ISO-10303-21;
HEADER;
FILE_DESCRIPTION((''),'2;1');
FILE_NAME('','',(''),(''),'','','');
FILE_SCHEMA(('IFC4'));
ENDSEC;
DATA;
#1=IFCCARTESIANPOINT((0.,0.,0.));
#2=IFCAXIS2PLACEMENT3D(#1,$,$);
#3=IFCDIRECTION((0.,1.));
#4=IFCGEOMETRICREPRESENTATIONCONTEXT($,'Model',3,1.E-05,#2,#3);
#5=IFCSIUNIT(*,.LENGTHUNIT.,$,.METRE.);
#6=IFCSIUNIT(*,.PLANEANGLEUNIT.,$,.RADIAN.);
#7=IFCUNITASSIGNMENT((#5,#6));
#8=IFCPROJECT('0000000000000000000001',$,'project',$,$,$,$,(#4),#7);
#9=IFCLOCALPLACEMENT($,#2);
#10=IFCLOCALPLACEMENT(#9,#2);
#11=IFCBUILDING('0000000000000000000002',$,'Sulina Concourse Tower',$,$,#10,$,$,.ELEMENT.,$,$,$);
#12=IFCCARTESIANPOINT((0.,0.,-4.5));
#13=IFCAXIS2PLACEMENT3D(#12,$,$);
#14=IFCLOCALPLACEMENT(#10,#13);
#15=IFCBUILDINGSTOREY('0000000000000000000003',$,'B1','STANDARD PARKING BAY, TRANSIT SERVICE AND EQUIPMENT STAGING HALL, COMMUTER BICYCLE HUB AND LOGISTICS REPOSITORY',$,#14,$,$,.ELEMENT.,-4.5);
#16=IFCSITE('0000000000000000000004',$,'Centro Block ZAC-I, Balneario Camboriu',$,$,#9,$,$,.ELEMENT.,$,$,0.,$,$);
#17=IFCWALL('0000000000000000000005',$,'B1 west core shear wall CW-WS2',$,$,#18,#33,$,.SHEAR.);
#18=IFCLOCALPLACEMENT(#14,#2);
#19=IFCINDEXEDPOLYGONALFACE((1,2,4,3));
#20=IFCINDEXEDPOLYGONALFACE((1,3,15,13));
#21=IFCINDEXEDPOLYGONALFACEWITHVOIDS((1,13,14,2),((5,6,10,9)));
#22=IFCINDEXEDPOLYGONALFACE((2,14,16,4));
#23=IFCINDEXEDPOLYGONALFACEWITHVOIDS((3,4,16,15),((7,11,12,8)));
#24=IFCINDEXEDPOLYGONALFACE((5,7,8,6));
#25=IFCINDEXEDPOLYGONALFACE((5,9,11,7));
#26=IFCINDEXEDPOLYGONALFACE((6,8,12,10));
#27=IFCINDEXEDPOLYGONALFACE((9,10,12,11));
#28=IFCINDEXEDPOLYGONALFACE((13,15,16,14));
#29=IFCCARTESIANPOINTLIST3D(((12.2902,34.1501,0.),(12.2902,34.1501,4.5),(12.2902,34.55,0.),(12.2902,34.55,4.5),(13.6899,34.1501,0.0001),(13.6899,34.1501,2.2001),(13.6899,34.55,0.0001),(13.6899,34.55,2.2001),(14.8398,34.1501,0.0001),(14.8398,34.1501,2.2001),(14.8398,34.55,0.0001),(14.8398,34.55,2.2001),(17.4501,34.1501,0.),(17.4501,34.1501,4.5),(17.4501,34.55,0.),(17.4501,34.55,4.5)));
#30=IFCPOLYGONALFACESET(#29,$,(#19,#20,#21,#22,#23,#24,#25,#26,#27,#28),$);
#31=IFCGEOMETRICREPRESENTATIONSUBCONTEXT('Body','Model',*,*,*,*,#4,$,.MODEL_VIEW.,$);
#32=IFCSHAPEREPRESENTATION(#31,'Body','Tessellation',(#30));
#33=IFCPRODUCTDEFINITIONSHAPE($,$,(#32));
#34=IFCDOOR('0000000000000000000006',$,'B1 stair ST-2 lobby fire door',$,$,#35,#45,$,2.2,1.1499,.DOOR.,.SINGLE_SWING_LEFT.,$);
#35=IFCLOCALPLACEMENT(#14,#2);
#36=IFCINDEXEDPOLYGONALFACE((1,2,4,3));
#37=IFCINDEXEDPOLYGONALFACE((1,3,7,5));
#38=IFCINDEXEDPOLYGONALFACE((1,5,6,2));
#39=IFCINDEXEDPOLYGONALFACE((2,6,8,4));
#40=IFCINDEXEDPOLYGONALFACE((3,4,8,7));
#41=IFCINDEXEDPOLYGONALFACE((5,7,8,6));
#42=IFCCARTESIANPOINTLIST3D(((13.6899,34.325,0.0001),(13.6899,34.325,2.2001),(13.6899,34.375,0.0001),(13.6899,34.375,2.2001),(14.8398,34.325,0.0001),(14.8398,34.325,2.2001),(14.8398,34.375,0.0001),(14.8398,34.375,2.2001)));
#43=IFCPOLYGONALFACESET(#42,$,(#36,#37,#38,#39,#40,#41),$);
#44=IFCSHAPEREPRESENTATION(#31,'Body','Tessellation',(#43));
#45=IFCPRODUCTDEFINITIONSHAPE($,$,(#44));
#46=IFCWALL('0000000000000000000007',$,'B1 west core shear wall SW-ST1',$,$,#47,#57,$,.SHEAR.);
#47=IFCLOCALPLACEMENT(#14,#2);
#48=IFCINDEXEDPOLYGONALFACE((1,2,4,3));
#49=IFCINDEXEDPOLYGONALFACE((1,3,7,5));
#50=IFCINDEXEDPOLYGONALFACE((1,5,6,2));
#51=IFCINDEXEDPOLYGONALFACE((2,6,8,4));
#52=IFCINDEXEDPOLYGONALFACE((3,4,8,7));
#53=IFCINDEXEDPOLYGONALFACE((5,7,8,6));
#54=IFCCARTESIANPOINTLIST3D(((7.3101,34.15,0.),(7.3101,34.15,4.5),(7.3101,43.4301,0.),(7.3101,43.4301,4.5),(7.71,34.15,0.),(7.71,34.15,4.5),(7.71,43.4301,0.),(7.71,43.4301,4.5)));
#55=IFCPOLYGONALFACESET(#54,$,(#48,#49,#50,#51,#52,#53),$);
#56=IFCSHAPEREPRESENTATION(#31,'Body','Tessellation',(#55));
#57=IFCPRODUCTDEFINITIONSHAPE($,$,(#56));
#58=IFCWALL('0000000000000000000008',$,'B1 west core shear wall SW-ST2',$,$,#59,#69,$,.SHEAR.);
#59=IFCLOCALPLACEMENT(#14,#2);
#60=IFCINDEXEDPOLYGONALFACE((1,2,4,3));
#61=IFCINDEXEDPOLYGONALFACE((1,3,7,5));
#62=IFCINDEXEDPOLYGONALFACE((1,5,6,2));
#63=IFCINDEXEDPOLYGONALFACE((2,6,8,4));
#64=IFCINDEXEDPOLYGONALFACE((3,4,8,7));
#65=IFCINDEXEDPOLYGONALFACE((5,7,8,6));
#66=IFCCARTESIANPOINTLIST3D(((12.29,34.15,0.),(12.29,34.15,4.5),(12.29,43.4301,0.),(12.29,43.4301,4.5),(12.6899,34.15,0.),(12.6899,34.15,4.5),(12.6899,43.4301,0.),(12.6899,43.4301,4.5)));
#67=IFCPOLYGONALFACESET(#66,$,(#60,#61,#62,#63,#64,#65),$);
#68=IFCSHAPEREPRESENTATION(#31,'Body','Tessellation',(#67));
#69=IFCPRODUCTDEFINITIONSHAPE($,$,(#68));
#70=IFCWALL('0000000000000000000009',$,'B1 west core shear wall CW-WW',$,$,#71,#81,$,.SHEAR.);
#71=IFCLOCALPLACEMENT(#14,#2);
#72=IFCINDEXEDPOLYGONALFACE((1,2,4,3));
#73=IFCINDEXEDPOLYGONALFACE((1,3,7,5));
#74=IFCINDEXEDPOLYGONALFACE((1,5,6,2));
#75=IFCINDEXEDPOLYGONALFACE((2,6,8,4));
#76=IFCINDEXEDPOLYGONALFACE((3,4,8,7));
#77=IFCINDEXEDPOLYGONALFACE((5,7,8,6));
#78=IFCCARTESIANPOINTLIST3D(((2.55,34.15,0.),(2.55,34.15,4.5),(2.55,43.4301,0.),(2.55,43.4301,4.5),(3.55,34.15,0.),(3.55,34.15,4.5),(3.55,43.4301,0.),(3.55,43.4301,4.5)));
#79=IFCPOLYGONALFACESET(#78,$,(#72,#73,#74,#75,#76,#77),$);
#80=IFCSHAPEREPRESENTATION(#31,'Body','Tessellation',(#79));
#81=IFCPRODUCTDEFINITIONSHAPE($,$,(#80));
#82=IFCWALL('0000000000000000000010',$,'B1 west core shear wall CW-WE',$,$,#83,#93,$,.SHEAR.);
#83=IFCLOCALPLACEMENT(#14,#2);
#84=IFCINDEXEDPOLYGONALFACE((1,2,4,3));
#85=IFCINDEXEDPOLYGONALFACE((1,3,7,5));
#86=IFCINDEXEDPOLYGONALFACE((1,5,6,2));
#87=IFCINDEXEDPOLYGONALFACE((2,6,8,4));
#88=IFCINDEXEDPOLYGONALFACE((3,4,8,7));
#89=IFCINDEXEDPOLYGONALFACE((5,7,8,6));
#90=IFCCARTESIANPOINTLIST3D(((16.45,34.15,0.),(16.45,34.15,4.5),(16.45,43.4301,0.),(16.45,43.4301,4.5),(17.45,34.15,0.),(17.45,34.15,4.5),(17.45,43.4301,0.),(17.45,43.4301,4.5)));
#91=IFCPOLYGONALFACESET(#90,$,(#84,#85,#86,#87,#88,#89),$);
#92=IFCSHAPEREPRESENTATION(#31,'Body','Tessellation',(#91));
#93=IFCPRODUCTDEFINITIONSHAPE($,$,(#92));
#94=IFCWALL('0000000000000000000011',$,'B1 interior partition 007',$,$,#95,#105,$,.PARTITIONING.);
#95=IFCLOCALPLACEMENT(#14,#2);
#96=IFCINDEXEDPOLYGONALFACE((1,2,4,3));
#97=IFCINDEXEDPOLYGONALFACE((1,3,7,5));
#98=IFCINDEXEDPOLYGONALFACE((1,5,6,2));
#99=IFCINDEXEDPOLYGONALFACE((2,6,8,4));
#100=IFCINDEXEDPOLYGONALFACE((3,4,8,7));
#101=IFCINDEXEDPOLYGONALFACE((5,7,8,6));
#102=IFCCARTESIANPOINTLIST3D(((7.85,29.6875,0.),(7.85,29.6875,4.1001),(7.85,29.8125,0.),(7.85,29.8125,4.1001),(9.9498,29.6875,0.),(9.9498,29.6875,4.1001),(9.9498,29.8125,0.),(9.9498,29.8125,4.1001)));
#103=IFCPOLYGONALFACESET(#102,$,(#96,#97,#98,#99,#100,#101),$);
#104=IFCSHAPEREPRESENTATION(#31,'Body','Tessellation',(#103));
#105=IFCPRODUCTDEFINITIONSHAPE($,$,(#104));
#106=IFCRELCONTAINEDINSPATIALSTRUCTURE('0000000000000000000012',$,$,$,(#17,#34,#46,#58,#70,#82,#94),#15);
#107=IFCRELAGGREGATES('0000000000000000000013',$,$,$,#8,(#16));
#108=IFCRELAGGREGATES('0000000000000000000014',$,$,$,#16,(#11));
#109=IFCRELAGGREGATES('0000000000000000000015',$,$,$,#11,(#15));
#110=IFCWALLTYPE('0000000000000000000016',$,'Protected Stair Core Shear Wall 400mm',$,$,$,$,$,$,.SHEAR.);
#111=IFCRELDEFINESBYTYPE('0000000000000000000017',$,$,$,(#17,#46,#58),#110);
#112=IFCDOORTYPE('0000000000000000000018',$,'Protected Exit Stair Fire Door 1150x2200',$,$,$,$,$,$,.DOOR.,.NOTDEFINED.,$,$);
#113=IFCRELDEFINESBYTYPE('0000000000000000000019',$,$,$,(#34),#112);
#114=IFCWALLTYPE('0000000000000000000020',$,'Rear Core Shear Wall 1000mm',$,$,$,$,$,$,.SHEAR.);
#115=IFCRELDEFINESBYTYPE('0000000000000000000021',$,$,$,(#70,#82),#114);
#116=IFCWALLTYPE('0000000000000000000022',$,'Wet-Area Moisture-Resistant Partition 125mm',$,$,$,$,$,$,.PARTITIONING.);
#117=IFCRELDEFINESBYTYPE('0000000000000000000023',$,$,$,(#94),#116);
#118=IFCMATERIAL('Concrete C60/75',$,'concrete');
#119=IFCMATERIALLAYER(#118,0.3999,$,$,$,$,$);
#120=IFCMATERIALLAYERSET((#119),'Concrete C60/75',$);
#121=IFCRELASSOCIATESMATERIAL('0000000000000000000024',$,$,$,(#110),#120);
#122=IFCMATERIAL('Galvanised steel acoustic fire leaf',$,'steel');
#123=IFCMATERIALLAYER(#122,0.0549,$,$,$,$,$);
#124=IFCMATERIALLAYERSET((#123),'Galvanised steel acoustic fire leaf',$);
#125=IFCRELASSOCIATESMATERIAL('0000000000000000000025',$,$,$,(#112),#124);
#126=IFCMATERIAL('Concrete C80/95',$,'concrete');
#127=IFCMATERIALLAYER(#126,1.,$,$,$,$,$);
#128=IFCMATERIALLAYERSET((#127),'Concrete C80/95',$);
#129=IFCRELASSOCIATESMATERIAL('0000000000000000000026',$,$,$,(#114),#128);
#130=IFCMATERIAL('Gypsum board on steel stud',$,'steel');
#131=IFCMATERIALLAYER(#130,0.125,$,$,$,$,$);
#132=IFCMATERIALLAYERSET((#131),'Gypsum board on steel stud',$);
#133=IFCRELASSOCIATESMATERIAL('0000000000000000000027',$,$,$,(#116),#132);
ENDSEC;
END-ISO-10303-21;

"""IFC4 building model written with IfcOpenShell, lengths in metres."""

from ifc_helpers import new_model, si_unit, direction, frame, frame_2d, origin, place, context, subcontext, project, spatial, rectangle, extrude, material, layer, layer_set, type_object, element, fill, save


model = new_model("IFC4")

# Units and contexts
model_context = context("Model", 3, precision=1e-05, world=origin(), true_north=direction((0.0, 1.0)))
body_context = subcontext(model_context, "Body", "Model", "MODEL_VIEW")
ifc_project = project(units=[si_unit("LENGTHUNIT", "METRE"), si_unit("PLANEANGLEUNIT", "RADIAN")], contexts=[model_context])

# Site, building, storey
site_placement = place(None, origin())
site = spatial("IfcSite", under=ifc_project, at=site_placement, Name="Centro Block ZAC-I, Balneario Camboriu", CompositionType="ELEMENT", RefElevation=0.0)
building_placement = place(site_placement, origin())
building = spatial("IfcBuilding", under=site, at=building_placement, Name="Sulina Concourse Tower", CompositionType="ELEMENT")
storey_placement = place(building_placement, frame((0.0, 0.0, -4.5)))
storey = spatial("IfcBuildingStorey", under=building, at=storey_placement, Name="B1", Description="STANDARD PARKING BAY, TRANSIT SERVICE AND EQUIPMENT STAGING HALL, COMMUTER BICYCLE HUB AND LOGISTICS REPOSITORY", CompositionType="ELEMENT", Elevation=-4.5)

# Wall, opening, door
ifc_material_1 = material(Name="Concrete C60/75", Category="concrete")
ifc_layer_1 = layer(ifc_material_1, 0.3999)
ifc_layer_set_1 = layer_set([ifc_layer_1], Name="Concrete C60/75")
wall_type_1 = type_object("IfcWallType", Name="Protected Stair Core Shear Wall 400mm", PredefinedType="SHEAR", material=ifc_layer_set_1)
ifc_material_2 = material(Name="Galvanised steel acoustic fire leaf", Category="steel")
ifc_layer_2 = layer(ifc_material_2, 0.0549)
ifc_layer_set_2 = layer_set([ifc_layer_2], Name="Galvanised steel acoustic fire leaf")
door_type = type_object("IfcDoorType", Name="Protected Exit Stair Fire Door 1150x2200", OperationType="NOTDEFINED", PredefinedType="DOOR", material=ifc_layer_set_2)
wall_1_placement = place(storey_placement, frame((12.29, 34.3501, 0.0), z_axis=(0.0, 0.0, 1.0), x_axis=(1.0, 0.0, 0.0)))
wall_1 = element("IfcWall", 1, at=wall_1_placement, inside=storey, type_object=wall_type_1, Name="B1 west core shear wall CW-WS2", PredefinedType="SHEAR", context=body_context, shape_type="SweptSolid", body=[
    extrude(rectangle(XDim=5.1599, YDim=0.3999, at=frame_2d((2.5801, 0.0))), origin(), (0.0, 0.0, 1.0), 4.5),
])
opening_1_placement = place(wall_1_placement, frame((1.3999, 0.0, 0.0)))
opening_1 = element("IfcOpeningElement", 2, at=opening_1_placement, cuts=wall_1, PredefinedType="OPENING", context=body_context, shape_type="SweptSolid", body=[
    extrude(rectangle(XDim=1.1499, YDim=2.2, at=frame_2d((0.575, 1.1001))), frame((0.0, 0.21, 0.0), z_axis=(0.0, -1.0, 0.0), x_axis=(1.0, 0.0, 0.0)), (0.0, 0.0, 1.0), 0.4199),
])
door_1_placement = place(opening_1_placement, origin())
door_1 = element("IfcDoor", 3, at=door_1_placement, inside=storey, type_object=door_type, Name="B1 stair ST-2 lobby fire door", OperationType="SINGLE_SWING_LEFT", OverallHeight=2.2, OverallWidth=1.1499, PredefinedType="DOOR", context=body_context, shape_type="SweptSolid", body=[
    extrude(rectangle(XDim=1.1499, YDim=2.2, at=frame_2d((0.575, 1.1001))), frame((0.0, 0.0249, 0.0), z_axis=(0.0, -1.0, 0.0), x_axis=(1.0, 0.0, 0.0)), (0.0, 0.0, 1.0), 0.05),
])
fill(opening_1, door_1)

# Walls
for number, where, z_axis, x_axis, name in (
    (4, (7.51, 34.1499, 0.0), (0.0, 0.0, 1.0), (0.0, 1.0, 0.0), "B1 west core shear wall SW-ST1"),
    (5, (12.49, 34.1499, 0.0), (0.0, 0.0, 1.0), (0.0, 1.0, 0.0), "B1 west core shear wall SW-ST2"),
):
    element("IfcWall", number, at=place(storey_placement, frame(where, z_axis=z_axis, x_axis=x_axis)), inside=storey, type_object=wall_type_1, Name=name, PredefinedType="SHEAR", context=body_context, shape_type="SweptSolid", body=[
        extrude(rectangle(XDim=9.28, YDim=0.3999, at=frame_2d((4.6401, 0.0))), origin(), (0.0, 0.0, 1.0), 4.5),
    ])
ifc_material_3 = material(Name="Concrete C80/95", Category="concrete")
ifc_layer_3 = layer(ifc_material_3, 1.0)
ifc_layer_set_3 = layer_set([ifc_layer_3], Name="Concrete C80/95")
wall_type_2 = type_object("IfcWallType", Name="Rear Core Shear Wall 1000mm", PredefinedType="SHEAR", material=ifc_layer_set_3)
for number, where, z_axis, x_axis, name in (
    (6, (3.05, 34.1499, 0.0), (0.0, 0.0, 1.0), (0.0, 1.0, 0.0), "B1 west core shear wall CW-WW"),
    (7, (16.95, 34.1499, 0.0), (0.0, 0.0, 1.0), (0.0, 1.0, 0.0), "B1 west core shear wall CW-WE"),
):
    element("IfcWall", number, at=place(storey_placement, frame(where, z_axis=z_axis, x_axis=x_axis)), inside=storey, type_object=wall_type_2, Name=name, PredefinedType="SHEAR", context=body_context, shape_type="SweptSolid", body=[
        extrude(rectangle(XDim=9.28, YDim=1.0, at=frame_2d((4.6401, 0.0))), origin(), (0.0, 0.0, 1.0), 4.5),
    ])
ifc_material_4 = material(Name="Gypsum board on steel stud", Category="steel")
ifc_layer_4 = layer(ifc_material_4, 0.125)
ifc_layer_set_4 = layer_set([ifc_layer_4], Name="Gypsum board on steel stud")
wall_type_3 = type_object("IfcWallType", Name="Wet-Area Moisture-Resistant Partition 125mm", PredefinedType="PARTITIONING", material=ifc_layer_set_4)
wall_2_placement = place(storey_placement, frame((7.8501, 29.75, 0.0), z_axis=(0.0, 0.0, 1.0), x_axis=(1.0, 0.0, 0.0)))
element("IfcWall", 8, at=wall_2_placement, inside=storey, type_object=wall_type_3, Name="B1 interior partition 007", PredefinedType="PARTITIONING", context=body_context, shape_type="SweptSolid", body=[
    extrude(rectangle(XDim=2.0999, YDim=0.125, at=frame_2d((1.0498, 0.0))), origin(), (0.0, 0.0, 1.0), 4.1001),
])

save(model, "model.ifc")
